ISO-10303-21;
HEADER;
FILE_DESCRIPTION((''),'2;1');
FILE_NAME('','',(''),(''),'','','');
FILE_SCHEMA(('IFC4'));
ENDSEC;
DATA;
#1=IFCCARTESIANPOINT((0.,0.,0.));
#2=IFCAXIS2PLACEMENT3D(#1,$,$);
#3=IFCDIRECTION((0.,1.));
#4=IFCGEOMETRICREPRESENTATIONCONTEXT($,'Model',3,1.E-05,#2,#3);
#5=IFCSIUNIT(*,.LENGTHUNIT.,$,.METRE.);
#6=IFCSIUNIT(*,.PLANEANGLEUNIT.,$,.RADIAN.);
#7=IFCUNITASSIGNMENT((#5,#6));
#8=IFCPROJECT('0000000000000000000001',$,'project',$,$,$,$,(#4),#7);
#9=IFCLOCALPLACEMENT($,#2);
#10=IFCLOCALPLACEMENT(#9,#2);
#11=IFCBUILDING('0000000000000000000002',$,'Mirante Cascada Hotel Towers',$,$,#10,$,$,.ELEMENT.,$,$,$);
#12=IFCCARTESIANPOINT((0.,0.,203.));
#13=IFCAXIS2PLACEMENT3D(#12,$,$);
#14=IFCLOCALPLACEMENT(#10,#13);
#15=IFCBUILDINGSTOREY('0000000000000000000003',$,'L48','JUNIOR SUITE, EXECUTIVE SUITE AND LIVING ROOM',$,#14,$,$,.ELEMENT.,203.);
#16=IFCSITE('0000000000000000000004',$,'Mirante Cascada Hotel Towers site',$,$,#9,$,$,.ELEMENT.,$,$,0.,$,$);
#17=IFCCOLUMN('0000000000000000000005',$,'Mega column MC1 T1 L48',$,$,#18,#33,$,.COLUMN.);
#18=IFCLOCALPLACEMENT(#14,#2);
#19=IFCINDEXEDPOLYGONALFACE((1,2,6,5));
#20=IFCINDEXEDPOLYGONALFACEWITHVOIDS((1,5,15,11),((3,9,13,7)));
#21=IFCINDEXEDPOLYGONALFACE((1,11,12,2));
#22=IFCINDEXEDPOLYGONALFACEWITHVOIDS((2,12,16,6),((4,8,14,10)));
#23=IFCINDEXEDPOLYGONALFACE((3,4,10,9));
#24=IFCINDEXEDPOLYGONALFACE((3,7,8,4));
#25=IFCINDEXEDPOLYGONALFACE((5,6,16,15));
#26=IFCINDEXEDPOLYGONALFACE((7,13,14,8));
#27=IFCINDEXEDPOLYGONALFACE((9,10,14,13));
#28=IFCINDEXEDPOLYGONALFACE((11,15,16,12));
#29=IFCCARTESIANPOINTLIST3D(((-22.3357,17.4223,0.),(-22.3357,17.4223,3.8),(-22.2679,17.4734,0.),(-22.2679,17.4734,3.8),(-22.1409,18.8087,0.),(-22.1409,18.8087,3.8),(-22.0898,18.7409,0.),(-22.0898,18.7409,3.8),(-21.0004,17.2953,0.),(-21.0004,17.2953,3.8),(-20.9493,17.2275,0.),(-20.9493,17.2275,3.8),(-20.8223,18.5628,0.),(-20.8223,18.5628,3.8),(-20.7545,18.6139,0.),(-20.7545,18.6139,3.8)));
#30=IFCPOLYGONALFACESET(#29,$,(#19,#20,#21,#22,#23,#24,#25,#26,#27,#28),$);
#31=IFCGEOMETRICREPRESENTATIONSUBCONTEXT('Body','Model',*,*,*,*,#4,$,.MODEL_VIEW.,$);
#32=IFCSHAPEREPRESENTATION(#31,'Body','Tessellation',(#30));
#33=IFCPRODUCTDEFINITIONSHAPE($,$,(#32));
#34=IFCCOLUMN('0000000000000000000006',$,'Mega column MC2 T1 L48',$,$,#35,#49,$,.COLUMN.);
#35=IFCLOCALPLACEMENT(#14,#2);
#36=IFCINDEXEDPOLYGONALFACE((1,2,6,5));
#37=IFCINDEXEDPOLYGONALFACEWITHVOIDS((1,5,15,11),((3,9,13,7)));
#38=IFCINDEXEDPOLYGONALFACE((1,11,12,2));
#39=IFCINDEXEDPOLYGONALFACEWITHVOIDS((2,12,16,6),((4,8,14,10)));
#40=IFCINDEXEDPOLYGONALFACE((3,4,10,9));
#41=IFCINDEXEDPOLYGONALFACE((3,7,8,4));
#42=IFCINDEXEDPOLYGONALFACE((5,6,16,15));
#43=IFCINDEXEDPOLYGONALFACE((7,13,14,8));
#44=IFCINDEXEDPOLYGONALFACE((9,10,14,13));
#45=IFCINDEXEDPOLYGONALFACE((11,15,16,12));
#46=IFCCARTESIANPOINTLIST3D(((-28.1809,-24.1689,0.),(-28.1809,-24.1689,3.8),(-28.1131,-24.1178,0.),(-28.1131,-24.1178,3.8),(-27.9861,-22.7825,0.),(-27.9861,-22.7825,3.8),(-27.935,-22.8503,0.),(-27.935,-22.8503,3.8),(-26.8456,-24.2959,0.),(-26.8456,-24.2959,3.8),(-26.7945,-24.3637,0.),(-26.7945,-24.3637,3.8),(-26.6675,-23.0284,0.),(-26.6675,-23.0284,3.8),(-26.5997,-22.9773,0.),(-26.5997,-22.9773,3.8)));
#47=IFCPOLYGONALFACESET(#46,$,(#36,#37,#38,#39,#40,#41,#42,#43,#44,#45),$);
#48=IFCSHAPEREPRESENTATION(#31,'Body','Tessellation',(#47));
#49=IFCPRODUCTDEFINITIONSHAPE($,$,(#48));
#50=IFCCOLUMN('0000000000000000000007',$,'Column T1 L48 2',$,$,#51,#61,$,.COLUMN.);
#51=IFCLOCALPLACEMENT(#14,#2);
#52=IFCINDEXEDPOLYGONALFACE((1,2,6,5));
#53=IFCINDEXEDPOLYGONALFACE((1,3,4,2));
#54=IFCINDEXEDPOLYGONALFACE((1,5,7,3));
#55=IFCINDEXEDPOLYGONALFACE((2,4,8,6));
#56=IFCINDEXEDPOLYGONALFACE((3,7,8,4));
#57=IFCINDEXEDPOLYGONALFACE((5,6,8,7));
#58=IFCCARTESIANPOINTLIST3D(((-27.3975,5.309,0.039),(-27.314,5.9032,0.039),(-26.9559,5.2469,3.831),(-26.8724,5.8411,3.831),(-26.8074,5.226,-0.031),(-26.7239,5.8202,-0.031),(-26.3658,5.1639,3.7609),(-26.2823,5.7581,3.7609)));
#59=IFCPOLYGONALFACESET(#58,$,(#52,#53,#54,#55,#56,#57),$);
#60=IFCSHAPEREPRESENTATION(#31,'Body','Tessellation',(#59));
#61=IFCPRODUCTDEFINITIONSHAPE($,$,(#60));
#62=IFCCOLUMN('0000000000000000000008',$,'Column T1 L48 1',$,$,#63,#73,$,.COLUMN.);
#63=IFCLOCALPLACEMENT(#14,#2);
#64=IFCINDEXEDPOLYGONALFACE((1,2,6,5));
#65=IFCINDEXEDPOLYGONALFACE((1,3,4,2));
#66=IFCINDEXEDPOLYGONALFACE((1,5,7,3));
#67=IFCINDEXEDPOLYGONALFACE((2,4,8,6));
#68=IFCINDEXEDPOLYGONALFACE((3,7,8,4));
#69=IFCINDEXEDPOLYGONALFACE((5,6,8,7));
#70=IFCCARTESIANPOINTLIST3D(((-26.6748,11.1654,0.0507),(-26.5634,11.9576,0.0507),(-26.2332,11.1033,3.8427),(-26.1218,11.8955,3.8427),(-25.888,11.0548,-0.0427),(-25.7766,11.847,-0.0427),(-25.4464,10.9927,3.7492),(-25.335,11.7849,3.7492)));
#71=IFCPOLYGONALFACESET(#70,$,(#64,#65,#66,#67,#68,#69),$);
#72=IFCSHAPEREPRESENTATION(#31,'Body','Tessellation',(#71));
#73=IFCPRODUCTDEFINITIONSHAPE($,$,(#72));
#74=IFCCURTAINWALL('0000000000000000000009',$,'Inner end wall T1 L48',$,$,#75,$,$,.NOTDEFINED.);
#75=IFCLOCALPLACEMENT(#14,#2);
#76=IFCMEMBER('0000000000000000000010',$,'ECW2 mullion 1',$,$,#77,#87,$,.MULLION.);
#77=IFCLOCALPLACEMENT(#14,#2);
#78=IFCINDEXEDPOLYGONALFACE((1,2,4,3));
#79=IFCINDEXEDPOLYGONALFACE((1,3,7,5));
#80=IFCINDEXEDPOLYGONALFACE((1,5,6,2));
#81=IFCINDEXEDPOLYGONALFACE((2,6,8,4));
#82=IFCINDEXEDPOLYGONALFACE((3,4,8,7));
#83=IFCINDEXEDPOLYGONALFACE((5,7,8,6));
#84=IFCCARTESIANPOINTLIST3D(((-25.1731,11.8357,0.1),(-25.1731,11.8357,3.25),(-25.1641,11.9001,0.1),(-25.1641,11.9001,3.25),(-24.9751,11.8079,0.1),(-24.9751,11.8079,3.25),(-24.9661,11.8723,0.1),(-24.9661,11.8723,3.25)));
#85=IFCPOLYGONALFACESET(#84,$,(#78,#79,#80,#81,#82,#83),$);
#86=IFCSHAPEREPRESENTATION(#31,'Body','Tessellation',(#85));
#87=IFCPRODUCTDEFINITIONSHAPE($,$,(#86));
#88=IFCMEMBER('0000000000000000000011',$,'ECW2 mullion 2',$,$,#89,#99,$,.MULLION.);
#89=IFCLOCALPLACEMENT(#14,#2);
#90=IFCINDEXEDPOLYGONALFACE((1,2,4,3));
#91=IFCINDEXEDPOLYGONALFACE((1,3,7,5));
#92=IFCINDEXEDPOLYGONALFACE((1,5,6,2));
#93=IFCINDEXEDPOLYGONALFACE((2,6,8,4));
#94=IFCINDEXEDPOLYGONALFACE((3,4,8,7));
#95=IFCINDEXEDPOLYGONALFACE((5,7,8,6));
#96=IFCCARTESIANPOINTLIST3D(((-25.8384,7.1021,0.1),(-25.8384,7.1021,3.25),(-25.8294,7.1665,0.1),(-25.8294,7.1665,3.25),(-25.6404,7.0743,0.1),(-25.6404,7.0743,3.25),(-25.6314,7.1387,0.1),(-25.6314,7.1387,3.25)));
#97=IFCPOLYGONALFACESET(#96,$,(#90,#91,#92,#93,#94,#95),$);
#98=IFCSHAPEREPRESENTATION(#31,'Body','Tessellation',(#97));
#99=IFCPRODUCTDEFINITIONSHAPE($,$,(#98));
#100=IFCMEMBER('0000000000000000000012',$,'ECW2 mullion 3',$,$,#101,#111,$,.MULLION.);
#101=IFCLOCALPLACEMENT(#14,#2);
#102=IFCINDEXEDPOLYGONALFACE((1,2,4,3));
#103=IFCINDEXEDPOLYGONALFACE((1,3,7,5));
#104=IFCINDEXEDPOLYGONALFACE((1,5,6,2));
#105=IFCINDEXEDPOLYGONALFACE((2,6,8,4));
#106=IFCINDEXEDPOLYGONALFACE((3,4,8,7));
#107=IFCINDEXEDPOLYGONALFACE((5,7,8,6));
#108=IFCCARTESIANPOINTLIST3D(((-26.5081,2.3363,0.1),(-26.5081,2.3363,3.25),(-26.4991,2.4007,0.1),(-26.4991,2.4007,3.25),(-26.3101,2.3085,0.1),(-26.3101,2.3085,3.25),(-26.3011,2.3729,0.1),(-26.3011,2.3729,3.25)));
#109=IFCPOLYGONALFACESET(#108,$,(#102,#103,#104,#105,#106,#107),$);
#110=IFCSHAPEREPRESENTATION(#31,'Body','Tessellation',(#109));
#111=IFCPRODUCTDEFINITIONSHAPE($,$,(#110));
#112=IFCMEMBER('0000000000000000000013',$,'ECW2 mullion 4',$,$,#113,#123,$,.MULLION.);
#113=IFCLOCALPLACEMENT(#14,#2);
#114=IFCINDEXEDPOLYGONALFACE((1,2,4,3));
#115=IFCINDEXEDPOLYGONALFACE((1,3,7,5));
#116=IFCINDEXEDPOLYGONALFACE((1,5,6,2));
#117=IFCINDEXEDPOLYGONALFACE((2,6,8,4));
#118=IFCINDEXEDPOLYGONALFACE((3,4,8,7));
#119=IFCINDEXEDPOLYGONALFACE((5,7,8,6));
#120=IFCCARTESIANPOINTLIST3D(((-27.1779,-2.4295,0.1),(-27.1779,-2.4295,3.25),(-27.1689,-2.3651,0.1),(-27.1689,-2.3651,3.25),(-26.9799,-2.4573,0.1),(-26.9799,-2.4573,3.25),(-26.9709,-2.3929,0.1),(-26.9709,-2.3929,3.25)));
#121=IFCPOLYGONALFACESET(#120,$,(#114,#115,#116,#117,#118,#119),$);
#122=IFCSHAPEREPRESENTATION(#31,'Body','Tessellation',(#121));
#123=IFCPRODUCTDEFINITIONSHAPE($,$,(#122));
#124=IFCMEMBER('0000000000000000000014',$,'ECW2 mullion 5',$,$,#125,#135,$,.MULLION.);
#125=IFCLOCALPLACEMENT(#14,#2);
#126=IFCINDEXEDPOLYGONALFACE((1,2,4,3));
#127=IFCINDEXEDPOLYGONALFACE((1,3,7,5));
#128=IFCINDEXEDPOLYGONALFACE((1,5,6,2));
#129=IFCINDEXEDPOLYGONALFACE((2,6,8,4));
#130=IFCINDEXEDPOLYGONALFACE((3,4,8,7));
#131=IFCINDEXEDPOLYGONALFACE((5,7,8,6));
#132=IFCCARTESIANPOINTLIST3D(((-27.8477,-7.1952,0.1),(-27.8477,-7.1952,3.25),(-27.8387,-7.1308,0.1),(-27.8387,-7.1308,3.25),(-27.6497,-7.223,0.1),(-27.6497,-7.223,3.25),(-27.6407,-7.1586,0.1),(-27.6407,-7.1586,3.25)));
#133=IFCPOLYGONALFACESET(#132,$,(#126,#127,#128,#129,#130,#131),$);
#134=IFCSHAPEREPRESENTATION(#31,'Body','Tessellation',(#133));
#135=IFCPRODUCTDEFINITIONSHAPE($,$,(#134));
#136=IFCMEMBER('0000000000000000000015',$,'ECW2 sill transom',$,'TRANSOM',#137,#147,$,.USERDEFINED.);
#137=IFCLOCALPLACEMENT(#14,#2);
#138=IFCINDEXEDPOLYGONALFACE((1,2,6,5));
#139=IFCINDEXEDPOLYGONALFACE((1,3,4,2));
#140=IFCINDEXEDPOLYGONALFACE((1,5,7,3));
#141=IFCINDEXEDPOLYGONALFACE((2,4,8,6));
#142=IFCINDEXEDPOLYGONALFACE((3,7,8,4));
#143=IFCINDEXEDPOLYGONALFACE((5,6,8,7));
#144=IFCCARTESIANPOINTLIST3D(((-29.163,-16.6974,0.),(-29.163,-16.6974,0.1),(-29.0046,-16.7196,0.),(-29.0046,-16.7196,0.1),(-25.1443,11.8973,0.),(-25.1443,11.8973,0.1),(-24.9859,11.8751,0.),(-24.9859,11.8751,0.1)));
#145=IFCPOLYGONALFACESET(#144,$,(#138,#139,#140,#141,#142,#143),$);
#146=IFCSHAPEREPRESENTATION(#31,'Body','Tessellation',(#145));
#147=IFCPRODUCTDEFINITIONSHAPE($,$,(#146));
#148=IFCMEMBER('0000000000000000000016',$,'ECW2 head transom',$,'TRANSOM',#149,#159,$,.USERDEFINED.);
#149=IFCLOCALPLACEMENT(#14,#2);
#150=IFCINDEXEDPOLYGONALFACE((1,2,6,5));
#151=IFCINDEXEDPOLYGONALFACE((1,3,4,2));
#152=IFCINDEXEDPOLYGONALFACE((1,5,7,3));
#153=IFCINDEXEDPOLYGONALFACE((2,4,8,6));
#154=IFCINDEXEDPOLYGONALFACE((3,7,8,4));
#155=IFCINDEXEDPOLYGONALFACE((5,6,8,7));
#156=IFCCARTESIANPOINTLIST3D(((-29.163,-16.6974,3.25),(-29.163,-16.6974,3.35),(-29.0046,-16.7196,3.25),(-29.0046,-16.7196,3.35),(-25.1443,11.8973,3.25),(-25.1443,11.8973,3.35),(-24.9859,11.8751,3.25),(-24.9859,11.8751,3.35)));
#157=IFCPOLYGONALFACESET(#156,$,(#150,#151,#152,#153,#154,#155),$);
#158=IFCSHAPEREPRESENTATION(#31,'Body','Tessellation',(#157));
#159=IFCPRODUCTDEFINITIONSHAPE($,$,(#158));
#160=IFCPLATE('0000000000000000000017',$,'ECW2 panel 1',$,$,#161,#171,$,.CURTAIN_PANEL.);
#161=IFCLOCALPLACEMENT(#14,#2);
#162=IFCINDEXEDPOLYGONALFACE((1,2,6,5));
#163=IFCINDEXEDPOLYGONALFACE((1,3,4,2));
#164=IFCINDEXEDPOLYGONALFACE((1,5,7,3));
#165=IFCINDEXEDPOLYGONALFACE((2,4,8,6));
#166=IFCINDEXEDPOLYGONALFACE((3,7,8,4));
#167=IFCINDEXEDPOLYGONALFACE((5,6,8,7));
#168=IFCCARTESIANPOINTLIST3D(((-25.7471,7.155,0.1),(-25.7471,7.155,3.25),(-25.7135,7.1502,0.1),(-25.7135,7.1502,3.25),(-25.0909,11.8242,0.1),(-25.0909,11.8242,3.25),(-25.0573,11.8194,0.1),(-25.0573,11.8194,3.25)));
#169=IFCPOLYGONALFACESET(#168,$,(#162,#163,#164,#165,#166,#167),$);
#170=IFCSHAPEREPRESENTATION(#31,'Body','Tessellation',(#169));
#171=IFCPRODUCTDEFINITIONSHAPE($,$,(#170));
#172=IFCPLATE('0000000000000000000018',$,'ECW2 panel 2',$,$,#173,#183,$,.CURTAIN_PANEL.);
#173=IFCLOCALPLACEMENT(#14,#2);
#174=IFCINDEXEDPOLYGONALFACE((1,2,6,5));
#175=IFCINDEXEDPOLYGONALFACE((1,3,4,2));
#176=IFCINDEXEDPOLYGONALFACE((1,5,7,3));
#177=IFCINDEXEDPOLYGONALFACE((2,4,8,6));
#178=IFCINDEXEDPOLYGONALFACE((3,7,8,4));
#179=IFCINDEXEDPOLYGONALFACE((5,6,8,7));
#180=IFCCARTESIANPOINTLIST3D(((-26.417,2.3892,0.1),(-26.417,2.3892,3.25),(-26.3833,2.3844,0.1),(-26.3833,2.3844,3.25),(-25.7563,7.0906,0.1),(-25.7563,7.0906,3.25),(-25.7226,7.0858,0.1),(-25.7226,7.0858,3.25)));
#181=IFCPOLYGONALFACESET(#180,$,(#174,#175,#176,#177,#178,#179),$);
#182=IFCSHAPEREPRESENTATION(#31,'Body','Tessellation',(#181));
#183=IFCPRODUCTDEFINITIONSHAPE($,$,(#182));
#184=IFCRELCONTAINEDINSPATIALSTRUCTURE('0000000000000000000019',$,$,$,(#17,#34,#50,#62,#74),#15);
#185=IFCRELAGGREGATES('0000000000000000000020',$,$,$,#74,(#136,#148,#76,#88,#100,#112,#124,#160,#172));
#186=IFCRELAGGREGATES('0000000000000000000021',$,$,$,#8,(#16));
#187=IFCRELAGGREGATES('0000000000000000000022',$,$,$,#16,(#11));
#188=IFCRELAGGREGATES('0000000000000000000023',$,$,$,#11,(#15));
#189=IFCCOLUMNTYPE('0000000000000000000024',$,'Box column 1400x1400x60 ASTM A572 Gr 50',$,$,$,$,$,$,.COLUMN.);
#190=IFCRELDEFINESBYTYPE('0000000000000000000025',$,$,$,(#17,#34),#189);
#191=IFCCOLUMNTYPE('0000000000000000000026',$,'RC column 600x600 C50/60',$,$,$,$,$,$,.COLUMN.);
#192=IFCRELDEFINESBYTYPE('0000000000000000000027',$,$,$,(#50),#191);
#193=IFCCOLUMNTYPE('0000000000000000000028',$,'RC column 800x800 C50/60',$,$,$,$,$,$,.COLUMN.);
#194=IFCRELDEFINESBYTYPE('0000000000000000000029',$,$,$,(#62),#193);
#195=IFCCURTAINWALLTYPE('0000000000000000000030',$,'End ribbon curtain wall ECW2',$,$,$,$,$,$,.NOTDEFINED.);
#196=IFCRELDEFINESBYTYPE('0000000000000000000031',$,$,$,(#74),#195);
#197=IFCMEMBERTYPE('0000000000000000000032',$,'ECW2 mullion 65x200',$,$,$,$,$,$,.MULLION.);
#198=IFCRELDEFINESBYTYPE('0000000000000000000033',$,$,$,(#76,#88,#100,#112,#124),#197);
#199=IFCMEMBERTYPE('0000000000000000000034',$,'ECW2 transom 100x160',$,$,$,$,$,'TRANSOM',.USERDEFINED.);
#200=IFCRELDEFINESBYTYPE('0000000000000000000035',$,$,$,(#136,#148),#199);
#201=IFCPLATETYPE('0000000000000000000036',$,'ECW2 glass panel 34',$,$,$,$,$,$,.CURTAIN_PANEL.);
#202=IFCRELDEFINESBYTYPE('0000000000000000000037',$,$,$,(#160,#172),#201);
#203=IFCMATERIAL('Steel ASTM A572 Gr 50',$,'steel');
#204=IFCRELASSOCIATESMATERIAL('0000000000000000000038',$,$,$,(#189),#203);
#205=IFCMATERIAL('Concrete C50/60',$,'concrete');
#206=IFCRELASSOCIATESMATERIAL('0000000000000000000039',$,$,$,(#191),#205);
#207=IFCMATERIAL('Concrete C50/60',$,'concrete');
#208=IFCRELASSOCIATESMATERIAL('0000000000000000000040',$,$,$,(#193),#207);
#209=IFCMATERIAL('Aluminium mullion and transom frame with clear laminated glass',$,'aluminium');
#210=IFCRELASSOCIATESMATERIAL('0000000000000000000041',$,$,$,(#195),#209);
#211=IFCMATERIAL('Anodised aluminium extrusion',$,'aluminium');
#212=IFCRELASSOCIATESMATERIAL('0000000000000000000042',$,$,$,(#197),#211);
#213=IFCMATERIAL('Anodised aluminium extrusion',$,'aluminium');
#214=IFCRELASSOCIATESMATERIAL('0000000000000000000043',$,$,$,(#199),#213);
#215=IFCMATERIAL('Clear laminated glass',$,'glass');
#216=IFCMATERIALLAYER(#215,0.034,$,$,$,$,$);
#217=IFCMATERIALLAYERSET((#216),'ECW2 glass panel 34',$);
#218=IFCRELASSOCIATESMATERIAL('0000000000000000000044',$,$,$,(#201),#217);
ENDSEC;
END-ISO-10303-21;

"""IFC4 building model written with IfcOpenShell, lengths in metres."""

from ifc_helpers import new_model, si_unit, direction, frame, origin, origin_2d, place, context, subcontext, project, spatial, rectangle, hollow_rectangle, extrude, material, layer, layer_set, material_profile, profile_set, type_object, element, aggregate, save


model = new_model("IFC4")

# Units and contexts
model_context = context("Model", 3, precision=1e-05, world=origin(), true_north=direction((0.0, 1.0)))
body_context = subcontext(model_context, "Body", "Model", "MODEL_VIEW")
ifc_project = project(units=[si_unit("LENGTHUNIT", "METRE"), si_unit("PLANEANGLEUNIT", "RADIAN")], contexts=[model_context])

# Site, building, storey
site_placement = place(None, origin())
site = spatial("IfcSite", under=ifc_project, at=site_placement, Name="Mirante Cascada Hotel Towers site", CompositionType="ELEMENT", RefElevation=0.0)
building_placement = place(site_placement, origin())
building = spatial("IfcBuilding", under=site, at=building_placement, Name="Mirante Cascada Hotel Towers", CompositionType="ELEMENT")
storey_placement = place(building_placement, frame((0.0, 0.0, 203.0)))
storey = spatial("IfcBuildingStorey", under=building, at=storey_placement, Name="L48", Description="JUNIOR SUITE, EXECUTIVE SUITE AND LIVING ROOM", CompositionType="ELEMENT", Elevation=203.0)

# Columns
ifc_material_1 = material(Name="Steel ASTM A572 Gr 50", Category="steel")
ifc_material_profile_1 = material_profile(ifc_material_1, hollow_rectangle(XDim=1.4, YDim=1.4, WallThickness=0.06, at=origin_2d()), Name="Box column 1400x1400x60 ASTM A572 Gr 50")
ifc_profile_set_1 = profile_set([ifc_material_profile_1], Name="Steel ASTM A572 Gr 50")
column_type_1 = type_object("IfcColumnType", Name="Box column 1400x1400x60 ASTM A572 Gr 50", PredefinedType="COLUMN", material=ifc_profile_set_1)
for number, where, z_axis, x_axis, name in (
    (1, (-21.5451, 18.0181, 0.0), (0.0, 0.0, 1.0), (-0.990268, 0.139173, 0.0), "Mega column MC1 T1 L48"),
    (2, (-27.3903, -23.5731, 0.0), (0.0, 0.0, 1.0), (-0.990268, 0.139173, 0.0), "Mega column MC2 T1 L48"),
):
    element("IfcColumn", number, at=place(storey_placement, frame(where, z_axis=z_axis, x_axis=x_axis)), inside=storey, type_object=column_type_1, Name=name, PredefinedType="COLUMN", context=body_context, shape_type="SweptSolid", body=[
        extrude(hollow_rectangle(XDim=1.4, YDim=1.4, WallThickness=0.06, at=origin_2d()), origin(), (0.0, 0.0, 1.0), 3.8),
    ])
ifc_material_2 = material(Name="Concrete C50/60", Category="concrete")
ifc_material_profile_2 = material_profile(ifc_material_2, rectangle(XDim=0.6, YDim=0.6, at=origin_2d()), Name="RC column 600x600 C50/60")
ifc_profile_set_2 = profile_set([ifc_material_profile_2], Name="Concrete C50/60")
column_type_2 = type_object("IfcColumnType", Name="RC column 600x600 C50/60", PredefinedType="COLUMN", material=ifc_profile_set_2)
column_1_placement = place(storey_placement, frame((-27.0607, 5.5646, 0.004), z_axis=(0.115659, -0.016265, 0.993156), x_axis=(0.139255, 0.990257, 0.0)))
element("IfcColumn", 3, at=column_1_placement, inside=storey, type_object=column_type_2, Name="Column T1 L48 2", PredefinedType="COLUMN", context=body_context, shape_type="SweptSolid", body=[
    extrude(rectangle(XDim=0.6, YDim=0.6, at=origin_2d()), origin(), (0.0, 0.0, 1.0), 3.8181),
])
ifc_material_3 = material(Name="Concrete C50/60", Category="concrete")
ifc_material_profile_3 = material_profile(ifc_material_3, rectangle(XDim=0.8, YDim=0.8, at=origin_2d()), Name="RC column 800x800 C50/60")
ifc_profile_set_3 = profile_set([ifc_material_profile_3], Name="Concrete C50/60")
column_type_3 = type_object("IfcColumnType", Name="RC column 800x800 C50/60", PredefinedType="COLUMN", material=ifc_profile_set_3)
column_2_placement = place(storey_placement, frame((-26.2257, 11.5062, 0.004), z_axis=(0.115659, -0.016265, 0.993156), x_axis=(0.139255, 0.990257, 0.0)))
element("IfcColumn", 4, at=column_2_placement, inside=storey, type_object=column_type_3, Name="Column T1 L48 1", PredefinedType="COLUMN", context=body_context, shape_type="SweptSolid", body=[
    extrude(rectangle(XDim=0.8, YDim=0.8, at=origin_2d()), origin(), (0.0, 0.0, 1.0), 3.8181),
])

# Curtain wall, members, plates
ifc_material_4 = material(Name="Aluminium mullion and transom frame with clear laminated glass", Category="aluminium")
curtain_wall_type = type_object("IfcCurtainWallType", Name="End ribbon curtain wall ECW2", PredefinedType="NOTDEFINED", material=ifc_material_4)
curtain_wall_placement = place(storey_placement, origin())
curtain_wall = element("IfcCurtainWall", 5, at=curtain_wall_placement, inside=storey, type_object=curtain_wall_type, Name="Inner end wall T1 L48", PredefinedType="NOTDEFINED")
ifc_material_5 = material(Name="Anodised aluminium extrusion", Category="aluminium")
ifc_material_profile_4 = material_profile(ifc_material_5, rectangle(XDim=0.2, YDim=0.065, at=origin_2d()), Name="ECW2 MULLION 65x200")
ifc_profile_set_4 = profile_set([ifc_material_profile_4], Name="Anodised aluminium extrusion")
member_type_1 = type_object("IfcMemberType", Name="ECW2 mullion 65x200", PredefinedType="MULLION", material=ifc_profile_set_4)
member_1_placement = place(storey_placement, frame((-25.0696, 11.854, 0.1), z_axis=(0.0, 0.0, 1.0), x_axis=(0.990268, -0.139173, 0.0)))
member_1 = element("IfcMember", 6, at=member_1_placement, type_object=member_type_1, Name="ECW2 mullion 1", PredefinedType="MULLION", context=body_context, shape_type="SweptSolid", body=[
    extrude(rectangle(XDim=0.2, YDim=0.065, at=origin_2d()), origin(), (0.0, 0.0, 1.0), 3.15),
])
member_2_placement = place(storey_placement, frame((-25.7349, 7.1204, 0.1), z_axis=(0.0, 0.0, 1.0), x_axis=(0.990268, -0.139173, 0.0)))
member_2 = element("IfcMember", 7, at=member_2_placement, type_object=member_type_1, Name="ECW2 mullion 2", PredefinedType="MULLION", context=body_context, shape_type="SweptSolid", body=[
    extrude(rectangle(XDim=0.2, YDim=0.065, at=origin_2d()), origin(), (0.0, 0.0, 1.0), 3.15),
])
member_3_placement = place(storey_placement, frame((-26.4046, 2.3546, 0.1), z_axis=(0.0, 0.0, 1.0), x_axis=(0.990268, -0.139173, 0.0)))
member_3 = element("IfcMember", 8, at=member_3_placement, type_object=member_type_1, Name="ECW2 mullion 3", PredefinedType="MULLION", context=body_context, shape_type="SweptSolid", body=[
    extrude(rectangle(XDim=0.2, YDim=0.065, at=origin_2d()), origin(), (0.0, 0.0, 1.0), 3.15),
])
member_4_placement = place(storey_placement, frame((-27.0744, -2.4112, 0.1), z_axis=(0.0, 0.0, 1.0), x_axis=(0.990268, -0.139173, 0.0)))
member_4 = element("IfcMember", 9, at=member_4_placement, type_object=member_type_1, Name="ECW2 mullion 4", PredefinedType="MULLION", context=body_context, shape_type="SweptSolid", body=[
    extrude(rectangle(XDim=0.2, YDim=0.065, at=origin_2d()), origin(), (0.0, 0.0, 1.0), 3.15),
])
member_5_placement = place(storey_placement, frame((-27.7442, -7.1769, 0.1), z_axis=(0.0, 0.0, 1.0), x_axis=(0.990268, -0.139173, 0.0)))
member_5 = element("IfcMember", 10, at=member_5_placement, type_object=member_type_1, Name="ECW2 mullion 5", PredefinedType="MULLION", context=body_context, shape_type="SweptSolid", body=[
    extrude(rectangle(XDim=0.2, YDim=0.065, at=origin_2d()), origin(), (0.0, 0.0, 1.0), 3.15),
])
ifc_material_6 = material(Name="Anodised aluminium extrusion", Category="aluminium")
ifc_material_profile_5 = material_profile(ifc_material_6, rectangle(XDim=0.16, YDim=0.1, at=origin_2d()), Name="ECW2 TRANSOM 100x160")
ifc_profile_set_5 = profile_set([ifc_material_profile_5], Name="Anodised aluminium extrusion")
member_type_2 = type_object("IfcMemberType", Name="ECW2 transom 100x160", ElementType="TRANSOM", PredefinedType="USERDEFINED", material=ifc_profile_set_5)
member_6_placement = place(storey_placement, frame((-25.0651, 11.8862, 0.05), z_axis=(-0.139172, -0.990268, 0.0), x_axis=(0.990268, -0.139172, 0.0)))
member_6 = element("IfcMember", 11, at=member_6_placement, type_object=member_type_2, Name="ECW2 sill transom", ObjectType="TRANSOM", PredefinedType="USERDEFINED", context=body_context, shape_type="SweptSolid", body=[
    extrude(rectangle(XDim=0.16, YDim=0.1, at=origin_2d()), origin(), (0.0, 0.0, 1.0), 28.8757),
])
member_7_placement = place(storey_placement, frame((-25.0651, 11.8862, 3.3), z_axis=(-0.139172, -0.990268, 0.0), x_axis=(0.990268, -0.139172, 0.0)))
member_7 = element("IfcMember", 12, at=member_7_placement, type_object=member_type_2, Name="ECW2 head transom", ObjectType="TRANSOM", PredefinedType="USERDEFINED", context=body_context, shape_type="SweptSolid", body=[
    extrude(rectangle(XDim=0.16, YDim=0.1, at=origin_2d()), origin(), (0.0, 0.0, 1.0), 28.8757),
])
ifc_material_7 = material(Name="Clear laminated glass", Category="glass")
ifc_layer_1 = layer(ifc_material_7, 0.034)
ifc_layer_set_1 = layer_set([ifc_layer_1], Name="ECW2 glass panel 34")
plate_type = type_object("IfcPlateType", Name="ECW2 glass panel 34", PredefinedType="CURTAIN_PANEL", material=ifc_layer_set_1)
plate_1_placement = place(storey_placement, frame((-25.4022, 9.4872, 0.1), z_axis=(0.0, 0.0, 1.0), x_axis=(-0.139173, -0.990268, 0.0)))
plate_1 = element("IfcPlate", 13, at=plate_1_placement, type_object=plate_type, Name="ECW2 panel 1", PredefinedType="CURTAIN_PANEL", context=body_context, shape_type="SweptSolid", body=[
    extrude(rectangle(XDim=4.7151, YDim=0.034, at=origin_2d()), origin(), (0.0, 0.0, 1.0), 3.15),
])
plate_2_placement = place(storey_placement, frame((-26.0698, 4.7375, 0.1), z_axis=(0.0, 0.0, 1.0), x_axis=(-0.139173, -0.990268, 0.0)))
plate_2 = element("IfcPlate", 14, at=plate_2_placement, type_object=plate_type, Name="ECW2 panel 2", PredefinedType="CURTAIN_PANEL", context=body_context, shape_type="SweptSolid", body=[
    extrude(rectangle(XDim=4.7476, YDim=0.034, at=origin_2d()), origin(), (0.0, 0.0, 1.0), 3.15),
])
aggregate(curtain_wall, [member_6, member_7, member_1, member_2, member_3, member_4, member_5, plate_1, plate_2])

save(model, "model.ifc")
